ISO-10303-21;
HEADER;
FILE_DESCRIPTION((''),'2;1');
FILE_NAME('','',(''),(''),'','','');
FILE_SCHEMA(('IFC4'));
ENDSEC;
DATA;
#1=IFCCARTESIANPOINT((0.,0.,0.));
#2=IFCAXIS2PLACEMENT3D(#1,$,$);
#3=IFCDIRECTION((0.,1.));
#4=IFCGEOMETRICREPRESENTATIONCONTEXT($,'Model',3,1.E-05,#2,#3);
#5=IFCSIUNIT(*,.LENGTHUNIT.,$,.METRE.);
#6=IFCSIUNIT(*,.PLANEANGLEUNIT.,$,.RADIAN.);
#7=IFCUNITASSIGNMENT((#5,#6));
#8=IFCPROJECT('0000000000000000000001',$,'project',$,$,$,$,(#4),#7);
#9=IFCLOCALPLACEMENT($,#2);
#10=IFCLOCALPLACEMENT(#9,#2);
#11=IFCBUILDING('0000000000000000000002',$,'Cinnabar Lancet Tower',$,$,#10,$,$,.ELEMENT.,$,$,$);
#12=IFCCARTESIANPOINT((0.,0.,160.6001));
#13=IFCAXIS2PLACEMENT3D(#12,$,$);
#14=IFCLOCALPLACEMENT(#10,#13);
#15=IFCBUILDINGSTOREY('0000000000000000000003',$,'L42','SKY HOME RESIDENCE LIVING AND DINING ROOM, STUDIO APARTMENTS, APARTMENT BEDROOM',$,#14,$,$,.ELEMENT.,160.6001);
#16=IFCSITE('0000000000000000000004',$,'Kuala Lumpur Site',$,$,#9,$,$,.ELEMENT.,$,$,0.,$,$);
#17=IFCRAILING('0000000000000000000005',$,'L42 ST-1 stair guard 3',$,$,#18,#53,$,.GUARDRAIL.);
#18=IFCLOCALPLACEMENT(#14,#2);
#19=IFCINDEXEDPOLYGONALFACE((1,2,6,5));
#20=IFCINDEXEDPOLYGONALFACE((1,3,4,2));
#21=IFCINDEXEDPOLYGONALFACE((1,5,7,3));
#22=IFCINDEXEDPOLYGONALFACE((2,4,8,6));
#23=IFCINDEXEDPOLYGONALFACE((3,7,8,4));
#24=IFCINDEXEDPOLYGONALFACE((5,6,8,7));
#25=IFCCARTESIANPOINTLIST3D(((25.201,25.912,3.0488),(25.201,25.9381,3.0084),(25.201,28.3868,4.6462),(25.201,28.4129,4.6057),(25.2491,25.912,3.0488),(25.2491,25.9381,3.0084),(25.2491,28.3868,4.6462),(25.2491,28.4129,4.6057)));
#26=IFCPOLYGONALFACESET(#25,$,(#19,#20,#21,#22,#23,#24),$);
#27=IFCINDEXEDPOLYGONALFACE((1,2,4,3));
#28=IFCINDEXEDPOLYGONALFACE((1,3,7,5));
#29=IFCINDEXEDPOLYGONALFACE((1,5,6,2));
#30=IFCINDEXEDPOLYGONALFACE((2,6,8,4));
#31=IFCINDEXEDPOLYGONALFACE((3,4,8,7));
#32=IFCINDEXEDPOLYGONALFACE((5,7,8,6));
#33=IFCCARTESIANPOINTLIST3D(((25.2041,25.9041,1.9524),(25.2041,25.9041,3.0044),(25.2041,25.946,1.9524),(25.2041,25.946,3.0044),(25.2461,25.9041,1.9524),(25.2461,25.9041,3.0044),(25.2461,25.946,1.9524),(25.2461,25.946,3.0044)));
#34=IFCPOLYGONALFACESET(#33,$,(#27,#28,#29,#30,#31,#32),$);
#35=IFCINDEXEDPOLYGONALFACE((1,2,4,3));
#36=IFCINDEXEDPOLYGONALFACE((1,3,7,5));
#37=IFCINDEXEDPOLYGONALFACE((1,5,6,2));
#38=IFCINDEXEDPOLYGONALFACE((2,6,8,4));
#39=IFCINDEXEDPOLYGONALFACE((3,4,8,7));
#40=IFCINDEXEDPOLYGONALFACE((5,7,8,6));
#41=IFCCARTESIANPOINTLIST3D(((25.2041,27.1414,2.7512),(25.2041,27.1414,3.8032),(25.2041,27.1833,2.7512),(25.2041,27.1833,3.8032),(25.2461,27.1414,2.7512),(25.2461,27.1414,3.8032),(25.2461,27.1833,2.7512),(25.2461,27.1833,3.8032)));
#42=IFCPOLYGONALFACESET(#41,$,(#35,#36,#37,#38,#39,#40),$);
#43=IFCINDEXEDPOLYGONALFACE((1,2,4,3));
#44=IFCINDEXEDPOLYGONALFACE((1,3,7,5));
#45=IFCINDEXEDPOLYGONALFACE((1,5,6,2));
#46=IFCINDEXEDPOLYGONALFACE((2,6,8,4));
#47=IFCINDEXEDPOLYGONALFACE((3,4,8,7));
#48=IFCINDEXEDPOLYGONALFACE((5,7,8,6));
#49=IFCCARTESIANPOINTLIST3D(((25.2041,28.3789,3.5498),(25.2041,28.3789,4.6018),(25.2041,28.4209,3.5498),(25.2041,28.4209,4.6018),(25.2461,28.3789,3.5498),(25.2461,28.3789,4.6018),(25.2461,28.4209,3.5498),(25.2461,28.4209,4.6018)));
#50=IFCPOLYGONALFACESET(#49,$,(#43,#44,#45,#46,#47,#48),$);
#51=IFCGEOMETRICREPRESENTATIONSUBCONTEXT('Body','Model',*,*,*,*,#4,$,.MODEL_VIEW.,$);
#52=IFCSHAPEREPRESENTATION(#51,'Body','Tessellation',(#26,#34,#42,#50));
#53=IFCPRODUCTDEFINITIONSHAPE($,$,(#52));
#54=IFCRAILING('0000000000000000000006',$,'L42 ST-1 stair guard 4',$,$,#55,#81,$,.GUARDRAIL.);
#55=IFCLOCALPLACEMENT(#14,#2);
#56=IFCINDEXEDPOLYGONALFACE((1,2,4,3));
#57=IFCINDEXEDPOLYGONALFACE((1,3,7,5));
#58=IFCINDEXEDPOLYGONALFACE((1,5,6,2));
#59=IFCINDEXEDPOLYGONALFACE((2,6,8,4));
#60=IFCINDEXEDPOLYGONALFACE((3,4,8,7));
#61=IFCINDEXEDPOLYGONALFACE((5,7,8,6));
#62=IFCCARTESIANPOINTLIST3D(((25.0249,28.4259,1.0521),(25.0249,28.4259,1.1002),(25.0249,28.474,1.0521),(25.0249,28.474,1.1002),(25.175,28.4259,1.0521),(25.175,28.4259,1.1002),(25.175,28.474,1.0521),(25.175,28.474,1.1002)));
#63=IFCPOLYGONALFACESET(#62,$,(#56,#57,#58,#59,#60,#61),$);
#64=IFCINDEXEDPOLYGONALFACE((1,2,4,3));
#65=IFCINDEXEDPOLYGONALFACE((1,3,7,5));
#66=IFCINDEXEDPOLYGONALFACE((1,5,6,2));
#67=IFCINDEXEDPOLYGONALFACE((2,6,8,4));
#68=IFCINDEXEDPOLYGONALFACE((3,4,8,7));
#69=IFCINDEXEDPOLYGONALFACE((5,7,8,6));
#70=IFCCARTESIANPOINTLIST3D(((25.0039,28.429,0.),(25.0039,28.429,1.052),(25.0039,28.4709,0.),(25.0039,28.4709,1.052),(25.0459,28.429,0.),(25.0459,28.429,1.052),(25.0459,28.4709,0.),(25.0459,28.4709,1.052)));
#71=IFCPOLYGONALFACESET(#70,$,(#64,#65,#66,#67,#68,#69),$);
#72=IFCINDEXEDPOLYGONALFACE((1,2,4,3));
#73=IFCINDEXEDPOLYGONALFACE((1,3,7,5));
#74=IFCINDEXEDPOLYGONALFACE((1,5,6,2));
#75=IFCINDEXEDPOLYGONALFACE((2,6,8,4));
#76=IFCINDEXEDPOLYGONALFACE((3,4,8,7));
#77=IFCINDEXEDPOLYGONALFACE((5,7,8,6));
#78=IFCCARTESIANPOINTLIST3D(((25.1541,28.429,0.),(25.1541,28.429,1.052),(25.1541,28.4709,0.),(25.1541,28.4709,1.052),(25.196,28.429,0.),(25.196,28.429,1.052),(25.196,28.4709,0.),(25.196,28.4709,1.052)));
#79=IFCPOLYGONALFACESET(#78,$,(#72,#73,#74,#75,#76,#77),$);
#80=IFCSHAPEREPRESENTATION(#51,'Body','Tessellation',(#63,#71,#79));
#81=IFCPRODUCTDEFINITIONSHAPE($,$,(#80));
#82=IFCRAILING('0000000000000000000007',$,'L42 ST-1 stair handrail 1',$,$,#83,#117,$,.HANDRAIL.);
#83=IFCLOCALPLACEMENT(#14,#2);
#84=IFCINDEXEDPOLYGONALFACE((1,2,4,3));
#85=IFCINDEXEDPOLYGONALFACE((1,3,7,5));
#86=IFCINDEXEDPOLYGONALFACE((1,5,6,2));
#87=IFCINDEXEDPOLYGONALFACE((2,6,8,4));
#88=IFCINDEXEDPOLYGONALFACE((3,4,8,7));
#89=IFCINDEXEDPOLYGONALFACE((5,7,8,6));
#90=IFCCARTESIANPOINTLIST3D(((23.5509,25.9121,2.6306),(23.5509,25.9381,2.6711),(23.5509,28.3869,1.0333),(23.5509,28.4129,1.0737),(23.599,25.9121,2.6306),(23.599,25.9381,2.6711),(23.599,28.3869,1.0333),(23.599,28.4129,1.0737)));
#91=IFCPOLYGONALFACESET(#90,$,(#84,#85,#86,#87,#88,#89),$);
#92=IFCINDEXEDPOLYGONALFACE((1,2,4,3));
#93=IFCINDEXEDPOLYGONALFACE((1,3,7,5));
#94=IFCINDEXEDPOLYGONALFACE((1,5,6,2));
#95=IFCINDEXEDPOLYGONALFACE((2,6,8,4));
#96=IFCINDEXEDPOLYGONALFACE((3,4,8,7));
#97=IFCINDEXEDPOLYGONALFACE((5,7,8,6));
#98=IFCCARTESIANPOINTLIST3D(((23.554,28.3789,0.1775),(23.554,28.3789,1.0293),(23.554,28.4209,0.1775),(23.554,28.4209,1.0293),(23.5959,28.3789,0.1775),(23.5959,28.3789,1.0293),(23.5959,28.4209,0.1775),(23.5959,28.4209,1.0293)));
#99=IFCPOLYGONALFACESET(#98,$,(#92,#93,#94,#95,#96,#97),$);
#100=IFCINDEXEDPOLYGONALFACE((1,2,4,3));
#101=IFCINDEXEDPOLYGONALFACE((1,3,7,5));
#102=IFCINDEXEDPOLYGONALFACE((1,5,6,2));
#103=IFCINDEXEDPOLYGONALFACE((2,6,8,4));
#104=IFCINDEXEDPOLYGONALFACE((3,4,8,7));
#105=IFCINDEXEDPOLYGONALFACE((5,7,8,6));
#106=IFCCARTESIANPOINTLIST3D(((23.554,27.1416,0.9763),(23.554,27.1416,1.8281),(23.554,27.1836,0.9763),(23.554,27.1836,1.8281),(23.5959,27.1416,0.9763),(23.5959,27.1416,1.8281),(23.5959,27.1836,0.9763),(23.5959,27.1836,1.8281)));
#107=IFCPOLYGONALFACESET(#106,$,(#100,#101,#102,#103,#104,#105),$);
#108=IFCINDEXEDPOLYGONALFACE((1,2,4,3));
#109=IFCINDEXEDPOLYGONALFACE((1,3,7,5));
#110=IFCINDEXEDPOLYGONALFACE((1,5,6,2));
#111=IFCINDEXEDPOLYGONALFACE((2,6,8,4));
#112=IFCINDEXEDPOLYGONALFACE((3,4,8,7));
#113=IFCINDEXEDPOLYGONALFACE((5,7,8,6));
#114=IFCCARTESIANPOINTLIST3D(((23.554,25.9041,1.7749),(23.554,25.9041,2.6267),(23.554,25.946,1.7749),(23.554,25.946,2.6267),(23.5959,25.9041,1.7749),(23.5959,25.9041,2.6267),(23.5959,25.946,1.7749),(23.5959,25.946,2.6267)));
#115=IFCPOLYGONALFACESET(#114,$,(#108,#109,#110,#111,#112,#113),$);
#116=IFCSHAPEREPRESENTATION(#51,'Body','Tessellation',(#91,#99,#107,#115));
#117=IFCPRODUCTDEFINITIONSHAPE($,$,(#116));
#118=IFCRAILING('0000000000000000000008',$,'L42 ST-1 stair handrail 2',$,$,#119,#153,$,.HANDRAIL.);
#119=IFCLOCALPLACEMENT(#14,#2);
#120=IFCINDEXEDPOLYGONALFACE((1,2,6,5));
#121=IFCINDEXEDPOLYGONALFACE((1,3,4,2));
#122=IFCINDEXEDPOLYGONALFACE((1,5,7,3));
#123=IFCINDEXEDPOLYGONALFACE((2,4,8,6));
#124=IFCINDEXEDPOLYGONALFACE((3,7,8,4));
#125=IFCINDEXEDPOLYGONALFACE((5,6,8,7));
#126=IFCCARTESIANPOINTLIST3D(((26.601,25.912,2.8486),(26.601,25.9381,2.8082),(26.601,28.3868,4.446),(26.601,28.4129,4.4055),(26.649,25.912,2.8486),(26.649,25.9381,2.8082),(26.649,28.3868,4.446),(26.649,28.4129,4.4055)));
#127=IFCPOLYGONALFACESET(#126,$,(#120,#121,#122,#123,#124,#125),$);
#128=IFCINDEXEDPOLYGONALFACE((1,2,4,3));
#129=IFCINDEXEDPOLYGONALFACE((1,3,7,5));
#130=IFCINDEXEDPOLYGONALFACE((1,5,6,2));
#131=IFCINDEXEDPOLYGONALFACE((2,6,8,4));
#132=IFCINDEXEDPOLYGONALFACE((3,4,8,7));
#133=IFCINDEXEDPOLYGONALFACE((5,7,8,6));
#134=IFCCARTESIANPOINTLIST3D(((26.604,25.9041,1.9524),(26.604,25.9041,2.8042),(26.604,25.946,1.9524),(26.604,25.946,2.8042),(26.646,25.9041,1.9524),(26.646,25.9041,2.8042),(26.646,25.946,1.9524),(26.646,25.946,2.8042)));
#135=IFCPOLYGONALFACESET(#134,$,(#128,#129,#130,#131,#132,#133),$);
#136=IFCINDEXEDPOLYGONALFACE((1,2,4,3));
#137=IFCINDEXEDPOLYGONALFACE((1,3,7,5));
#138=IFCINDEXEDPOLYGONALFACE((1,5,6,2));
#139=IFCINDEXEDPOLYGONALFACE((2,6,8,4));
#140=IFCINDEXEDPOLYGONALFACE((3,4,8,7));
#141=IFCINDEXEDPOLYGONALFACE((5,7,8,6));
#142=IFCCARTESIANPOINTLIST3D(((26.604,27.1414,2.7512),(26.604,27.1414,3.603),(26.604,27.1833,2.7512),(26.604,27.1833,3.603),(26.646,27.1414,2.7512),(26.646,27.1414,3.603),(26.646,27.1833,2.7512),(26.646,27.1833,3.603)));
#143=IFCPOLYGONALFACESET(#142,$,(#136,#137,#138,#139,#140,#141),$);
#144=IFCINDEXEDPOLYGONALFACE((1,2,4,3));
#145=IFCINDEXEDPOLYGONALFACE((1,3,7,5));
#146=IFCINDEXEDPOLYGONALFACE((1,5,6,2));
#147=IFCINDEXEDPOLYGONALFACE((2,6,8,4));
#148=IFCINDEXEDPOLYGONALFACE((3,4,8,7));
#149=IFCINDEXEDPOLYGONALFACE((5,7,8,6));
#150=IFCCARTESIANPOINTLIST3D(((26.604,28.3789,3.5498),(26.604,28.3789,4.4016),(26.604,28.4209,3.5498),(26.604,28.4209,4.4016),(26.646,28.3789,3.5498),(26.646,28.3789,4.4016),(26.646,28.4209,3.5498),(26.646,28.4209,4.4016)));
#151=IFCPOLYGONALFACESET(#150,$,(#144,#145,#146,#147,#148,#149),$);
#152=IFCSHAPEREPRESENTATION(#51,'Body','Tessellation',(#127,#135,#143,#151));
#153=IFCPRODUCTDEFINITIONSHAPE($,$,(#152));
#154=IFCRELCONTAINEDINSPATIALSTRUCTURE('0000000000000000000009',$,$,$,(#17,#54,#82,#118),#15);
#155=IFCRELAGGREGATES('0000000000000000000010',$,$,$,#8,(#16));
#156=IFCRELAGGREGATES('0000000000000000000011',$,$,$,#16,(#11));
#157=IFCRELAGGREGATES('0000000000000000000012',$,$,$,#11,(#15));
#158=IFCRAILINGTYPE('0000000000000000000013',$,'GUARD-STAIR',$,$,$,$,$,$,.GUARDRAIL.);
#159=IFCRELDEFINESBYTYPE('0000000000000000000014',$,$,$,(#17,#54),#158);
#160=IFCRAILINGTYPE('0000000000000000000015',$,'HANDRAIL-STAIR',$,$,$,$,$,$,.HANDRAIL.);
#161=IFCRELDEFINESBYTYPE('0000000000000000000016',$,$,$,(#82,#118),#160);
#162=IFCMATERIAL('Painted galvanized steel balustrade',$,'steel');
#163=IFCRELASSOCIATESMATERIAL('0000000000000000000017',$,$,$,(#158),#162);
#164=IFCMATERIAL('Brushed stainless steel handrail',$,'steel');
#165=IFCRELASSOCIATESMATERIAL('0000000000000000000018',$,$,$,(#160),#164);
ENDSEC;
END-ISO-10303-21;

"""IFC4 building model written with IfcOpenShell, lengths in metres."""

from ifc_helpers import new_model, si_unit, direction, frame, origin, origin_2d, place, context, subcontext, project, spatial, rectangle, extrude, material, type_object, element, save


model = new_model("IFC4")

# Units and contexts
model_context = context("Model", 3, precision=1e-05, world=origin(), true_north=direction((0.0, 1.0)))
body_context = subcontext(model_context, "Body", "Model", "MODEL_VIEW")
ifc_project = project(units=[si_unit("LENGTHUNIT", "METRE"), si_unit("PLANEANGLEUNIT", "RADIAN")], contexts=[model_context])

# Site, building, storey
site_placement = place(None, origin())
site = spatial("IfcSite", under=ifc_project, at=site_placement, Name="Kuala Lumpur Site", CompositionType="ELEMENT", RefElevation=0.0)
building_placement = place(site_placement, origin())
building = spatial("IfcBuilding", under=site, at=building_placement, Name="Cinnabar Lancet Tower", CompositionType="ELEMENT")
storey_placement = place(building_placement, frame((0.0, 0.0, 160.6001)))
storey = spatial("IfcBuildingStorey", under=building, at=storey_placement, Name="L42", Description="SKY HOME RESIDENCE LIVING AND DINING ROOM, STUDIO APARTMENTS, APARTMENT BEDROOM", CompositionType="ELEMENT", Elevation=160.6001)

# Railings
ifc_material_1 = material(Name="Painted galvanized steel balustrade", Category="steel")
railing_type_1 = type_object("IfcRailingType", Name="GUARD-STAIR", PredefinedType="GUARDRAIL", material=ifc_material_1)
railing_1_placement = place(storey_placement, frame((25.2251, 25.925, 1.9524)))
element("IfcRailing", 1, at=railing_1_placement, inside=storey, type_object=railing_type_1, Name="L42 ST-1 stair guard 3", PredefinedType="GUARDRAIL", context=body_context, shape_type="SweptSolid", body=[
    extrude(rectangle(XDim=0.0481, YDim=0.0481, at=origin_2d()), frame((0.0, 0.0, 1.0762), z_axis=(0.0, 0.840183, 0.542302), x_axis=(-1.0, 0.0, 0.0)), (0.0, 0.0, 1.0), 2.9456),
    extrude(rectangle(XDim=0.042, YDim=0.042, at=origin_2d()), origin(), (0.0, 0.0, 1.0), 1.052),
    extrude(rectangle(XDim=0.042, YDim=0.042, at=origin_2d()), frame((0.0, 1.2373, 0.7988)), (0.0, 0.0, 1.0), 1.052),
    extrude(rectangle(XDim=0.042, YDim=0.042, at=origin_2d()), frame((0.0, 2.4749, 1.5974)), (0.0, 0.0, 1.0), 1.052),
])
railing_2_placement = place(storey_placement, frame((25.0249, 28.45, 0.0)))
element("IfcRailing", 2, at=railing_2_placement, inside=storey, type_object=railing_type_1, Name="L42 ST-1 stair guard 4", PredefinedType="GUARDRAIL", context=body_context, shape_type="SweptSolid", body=[
    extrude(rectangle(XDim=0.0481, YDim=0.0481, at=origin_2d()), frame((0.0, 0.0, 1.0762), z_axis=(1.0, 0.0, 0.0), x_axis=(0.0, 1.0, 0.0)), (0.0, 0.0, 1.0), 0.1501),
    extrude(rectangle(XDim=0.042, YDim=0.042, at=origin_2d()), origin(), (0.0, 0.0, 1.0), 1.052),
    extrude(rectangle(XDim=0.042, YDim=0.042, at=origin_2d()), frame((0.1501, 0.0, 0.0)), (0.0, 0.0, 1.0), 1.052),
])
ifc_material_2 = material(Name="Brushed stainless steel handrail", Category="steel")
railing_type_2 = type_object("IfcRailingType", Name="HANDRAIL-STAIR", PredefinedType="HANDRAIL", material=ifc_material_2)
railing_3_placement = place(storey_placement, frame((23.575, 28.3999, 0.1775)))
element("IfcRailing", 3, at=railing_3_placement, inside=storey, type_object=railing_type_2, Name="L42 ST-1 stair handrail 1", PredefinedType="HANDRAIL", context=body_context, shape_type="SweptSolid", body=[
    extrude(rectangle(XDim=0.0481, YDim=0.0481, at=origin_2d()), frame((0.0, 0.0, 0.876), z_axis=(0.0, -0.840183, 0.542302), x_axis=(1.0, 0.0, 0.0)), (0.0, 0.0, 1.0), 2.9456),
    extrude(rectangle(XDim=0.042, YDim=0.042, at=origin_2d()), origin(), (0.0, 0.0, 1.0), 0.8518),
    extrude(rectangle(XDim=0.042, YDim=0.042, at=origin_2d()), frame((0.0, -1.2373, 0.7988)), (0.0, 0.0, 1.0), 0.8518),
    extrude(rectangle(XDim=0.042, YDim=0.042, at=origin_2d()), frame((0.0, -2.4749, 1.5974)), (0.0, 0.0, 1.0), 0.8518),
])
railing_4_placement = place(storey_placement, frame((26.625, 25.925, 1.9524)))
element("IfcRailing", 4, at=railing_4_placement, inside=storey, type_object=railing_type_2, Name="L42 ST-1 stair handrail 2", PredefinedType="HANDRAIL", context=body_context, shape_type="SweptSolid", body=[
    extrude(rectangle(XDim=0.0481, YDim=0.0481, at=origin_2d()), frame((0.0, 0.0, 0.876), z_axis=(0.0, 0.840183, 0.542302), x_axis=(-1.0, 0.0, 0.0)), (0.0, 0.0, 1.0), 2.9456),
    extrude(rectangle(XDim=0.042, YDim=0.042, at=origin_2d()), origin(), (0.0, 0.0, 1.0), 0.8518),
    extrude(rectangle(XDim=0.042, YDim=0.042, at=origin_2d()), frame((0.0, 1.2373, 0.7988)), (0.0, 0.0, 1.0), 0.8518),
    extrude(rectangle(XDim=0.042, YDim=0.042, at=origin_2d()), frame((0.0, 2.4749, 1.5974)), (0.0, 0.0, 1.0), 0.8518),
])

save(model, "model.ifc")
